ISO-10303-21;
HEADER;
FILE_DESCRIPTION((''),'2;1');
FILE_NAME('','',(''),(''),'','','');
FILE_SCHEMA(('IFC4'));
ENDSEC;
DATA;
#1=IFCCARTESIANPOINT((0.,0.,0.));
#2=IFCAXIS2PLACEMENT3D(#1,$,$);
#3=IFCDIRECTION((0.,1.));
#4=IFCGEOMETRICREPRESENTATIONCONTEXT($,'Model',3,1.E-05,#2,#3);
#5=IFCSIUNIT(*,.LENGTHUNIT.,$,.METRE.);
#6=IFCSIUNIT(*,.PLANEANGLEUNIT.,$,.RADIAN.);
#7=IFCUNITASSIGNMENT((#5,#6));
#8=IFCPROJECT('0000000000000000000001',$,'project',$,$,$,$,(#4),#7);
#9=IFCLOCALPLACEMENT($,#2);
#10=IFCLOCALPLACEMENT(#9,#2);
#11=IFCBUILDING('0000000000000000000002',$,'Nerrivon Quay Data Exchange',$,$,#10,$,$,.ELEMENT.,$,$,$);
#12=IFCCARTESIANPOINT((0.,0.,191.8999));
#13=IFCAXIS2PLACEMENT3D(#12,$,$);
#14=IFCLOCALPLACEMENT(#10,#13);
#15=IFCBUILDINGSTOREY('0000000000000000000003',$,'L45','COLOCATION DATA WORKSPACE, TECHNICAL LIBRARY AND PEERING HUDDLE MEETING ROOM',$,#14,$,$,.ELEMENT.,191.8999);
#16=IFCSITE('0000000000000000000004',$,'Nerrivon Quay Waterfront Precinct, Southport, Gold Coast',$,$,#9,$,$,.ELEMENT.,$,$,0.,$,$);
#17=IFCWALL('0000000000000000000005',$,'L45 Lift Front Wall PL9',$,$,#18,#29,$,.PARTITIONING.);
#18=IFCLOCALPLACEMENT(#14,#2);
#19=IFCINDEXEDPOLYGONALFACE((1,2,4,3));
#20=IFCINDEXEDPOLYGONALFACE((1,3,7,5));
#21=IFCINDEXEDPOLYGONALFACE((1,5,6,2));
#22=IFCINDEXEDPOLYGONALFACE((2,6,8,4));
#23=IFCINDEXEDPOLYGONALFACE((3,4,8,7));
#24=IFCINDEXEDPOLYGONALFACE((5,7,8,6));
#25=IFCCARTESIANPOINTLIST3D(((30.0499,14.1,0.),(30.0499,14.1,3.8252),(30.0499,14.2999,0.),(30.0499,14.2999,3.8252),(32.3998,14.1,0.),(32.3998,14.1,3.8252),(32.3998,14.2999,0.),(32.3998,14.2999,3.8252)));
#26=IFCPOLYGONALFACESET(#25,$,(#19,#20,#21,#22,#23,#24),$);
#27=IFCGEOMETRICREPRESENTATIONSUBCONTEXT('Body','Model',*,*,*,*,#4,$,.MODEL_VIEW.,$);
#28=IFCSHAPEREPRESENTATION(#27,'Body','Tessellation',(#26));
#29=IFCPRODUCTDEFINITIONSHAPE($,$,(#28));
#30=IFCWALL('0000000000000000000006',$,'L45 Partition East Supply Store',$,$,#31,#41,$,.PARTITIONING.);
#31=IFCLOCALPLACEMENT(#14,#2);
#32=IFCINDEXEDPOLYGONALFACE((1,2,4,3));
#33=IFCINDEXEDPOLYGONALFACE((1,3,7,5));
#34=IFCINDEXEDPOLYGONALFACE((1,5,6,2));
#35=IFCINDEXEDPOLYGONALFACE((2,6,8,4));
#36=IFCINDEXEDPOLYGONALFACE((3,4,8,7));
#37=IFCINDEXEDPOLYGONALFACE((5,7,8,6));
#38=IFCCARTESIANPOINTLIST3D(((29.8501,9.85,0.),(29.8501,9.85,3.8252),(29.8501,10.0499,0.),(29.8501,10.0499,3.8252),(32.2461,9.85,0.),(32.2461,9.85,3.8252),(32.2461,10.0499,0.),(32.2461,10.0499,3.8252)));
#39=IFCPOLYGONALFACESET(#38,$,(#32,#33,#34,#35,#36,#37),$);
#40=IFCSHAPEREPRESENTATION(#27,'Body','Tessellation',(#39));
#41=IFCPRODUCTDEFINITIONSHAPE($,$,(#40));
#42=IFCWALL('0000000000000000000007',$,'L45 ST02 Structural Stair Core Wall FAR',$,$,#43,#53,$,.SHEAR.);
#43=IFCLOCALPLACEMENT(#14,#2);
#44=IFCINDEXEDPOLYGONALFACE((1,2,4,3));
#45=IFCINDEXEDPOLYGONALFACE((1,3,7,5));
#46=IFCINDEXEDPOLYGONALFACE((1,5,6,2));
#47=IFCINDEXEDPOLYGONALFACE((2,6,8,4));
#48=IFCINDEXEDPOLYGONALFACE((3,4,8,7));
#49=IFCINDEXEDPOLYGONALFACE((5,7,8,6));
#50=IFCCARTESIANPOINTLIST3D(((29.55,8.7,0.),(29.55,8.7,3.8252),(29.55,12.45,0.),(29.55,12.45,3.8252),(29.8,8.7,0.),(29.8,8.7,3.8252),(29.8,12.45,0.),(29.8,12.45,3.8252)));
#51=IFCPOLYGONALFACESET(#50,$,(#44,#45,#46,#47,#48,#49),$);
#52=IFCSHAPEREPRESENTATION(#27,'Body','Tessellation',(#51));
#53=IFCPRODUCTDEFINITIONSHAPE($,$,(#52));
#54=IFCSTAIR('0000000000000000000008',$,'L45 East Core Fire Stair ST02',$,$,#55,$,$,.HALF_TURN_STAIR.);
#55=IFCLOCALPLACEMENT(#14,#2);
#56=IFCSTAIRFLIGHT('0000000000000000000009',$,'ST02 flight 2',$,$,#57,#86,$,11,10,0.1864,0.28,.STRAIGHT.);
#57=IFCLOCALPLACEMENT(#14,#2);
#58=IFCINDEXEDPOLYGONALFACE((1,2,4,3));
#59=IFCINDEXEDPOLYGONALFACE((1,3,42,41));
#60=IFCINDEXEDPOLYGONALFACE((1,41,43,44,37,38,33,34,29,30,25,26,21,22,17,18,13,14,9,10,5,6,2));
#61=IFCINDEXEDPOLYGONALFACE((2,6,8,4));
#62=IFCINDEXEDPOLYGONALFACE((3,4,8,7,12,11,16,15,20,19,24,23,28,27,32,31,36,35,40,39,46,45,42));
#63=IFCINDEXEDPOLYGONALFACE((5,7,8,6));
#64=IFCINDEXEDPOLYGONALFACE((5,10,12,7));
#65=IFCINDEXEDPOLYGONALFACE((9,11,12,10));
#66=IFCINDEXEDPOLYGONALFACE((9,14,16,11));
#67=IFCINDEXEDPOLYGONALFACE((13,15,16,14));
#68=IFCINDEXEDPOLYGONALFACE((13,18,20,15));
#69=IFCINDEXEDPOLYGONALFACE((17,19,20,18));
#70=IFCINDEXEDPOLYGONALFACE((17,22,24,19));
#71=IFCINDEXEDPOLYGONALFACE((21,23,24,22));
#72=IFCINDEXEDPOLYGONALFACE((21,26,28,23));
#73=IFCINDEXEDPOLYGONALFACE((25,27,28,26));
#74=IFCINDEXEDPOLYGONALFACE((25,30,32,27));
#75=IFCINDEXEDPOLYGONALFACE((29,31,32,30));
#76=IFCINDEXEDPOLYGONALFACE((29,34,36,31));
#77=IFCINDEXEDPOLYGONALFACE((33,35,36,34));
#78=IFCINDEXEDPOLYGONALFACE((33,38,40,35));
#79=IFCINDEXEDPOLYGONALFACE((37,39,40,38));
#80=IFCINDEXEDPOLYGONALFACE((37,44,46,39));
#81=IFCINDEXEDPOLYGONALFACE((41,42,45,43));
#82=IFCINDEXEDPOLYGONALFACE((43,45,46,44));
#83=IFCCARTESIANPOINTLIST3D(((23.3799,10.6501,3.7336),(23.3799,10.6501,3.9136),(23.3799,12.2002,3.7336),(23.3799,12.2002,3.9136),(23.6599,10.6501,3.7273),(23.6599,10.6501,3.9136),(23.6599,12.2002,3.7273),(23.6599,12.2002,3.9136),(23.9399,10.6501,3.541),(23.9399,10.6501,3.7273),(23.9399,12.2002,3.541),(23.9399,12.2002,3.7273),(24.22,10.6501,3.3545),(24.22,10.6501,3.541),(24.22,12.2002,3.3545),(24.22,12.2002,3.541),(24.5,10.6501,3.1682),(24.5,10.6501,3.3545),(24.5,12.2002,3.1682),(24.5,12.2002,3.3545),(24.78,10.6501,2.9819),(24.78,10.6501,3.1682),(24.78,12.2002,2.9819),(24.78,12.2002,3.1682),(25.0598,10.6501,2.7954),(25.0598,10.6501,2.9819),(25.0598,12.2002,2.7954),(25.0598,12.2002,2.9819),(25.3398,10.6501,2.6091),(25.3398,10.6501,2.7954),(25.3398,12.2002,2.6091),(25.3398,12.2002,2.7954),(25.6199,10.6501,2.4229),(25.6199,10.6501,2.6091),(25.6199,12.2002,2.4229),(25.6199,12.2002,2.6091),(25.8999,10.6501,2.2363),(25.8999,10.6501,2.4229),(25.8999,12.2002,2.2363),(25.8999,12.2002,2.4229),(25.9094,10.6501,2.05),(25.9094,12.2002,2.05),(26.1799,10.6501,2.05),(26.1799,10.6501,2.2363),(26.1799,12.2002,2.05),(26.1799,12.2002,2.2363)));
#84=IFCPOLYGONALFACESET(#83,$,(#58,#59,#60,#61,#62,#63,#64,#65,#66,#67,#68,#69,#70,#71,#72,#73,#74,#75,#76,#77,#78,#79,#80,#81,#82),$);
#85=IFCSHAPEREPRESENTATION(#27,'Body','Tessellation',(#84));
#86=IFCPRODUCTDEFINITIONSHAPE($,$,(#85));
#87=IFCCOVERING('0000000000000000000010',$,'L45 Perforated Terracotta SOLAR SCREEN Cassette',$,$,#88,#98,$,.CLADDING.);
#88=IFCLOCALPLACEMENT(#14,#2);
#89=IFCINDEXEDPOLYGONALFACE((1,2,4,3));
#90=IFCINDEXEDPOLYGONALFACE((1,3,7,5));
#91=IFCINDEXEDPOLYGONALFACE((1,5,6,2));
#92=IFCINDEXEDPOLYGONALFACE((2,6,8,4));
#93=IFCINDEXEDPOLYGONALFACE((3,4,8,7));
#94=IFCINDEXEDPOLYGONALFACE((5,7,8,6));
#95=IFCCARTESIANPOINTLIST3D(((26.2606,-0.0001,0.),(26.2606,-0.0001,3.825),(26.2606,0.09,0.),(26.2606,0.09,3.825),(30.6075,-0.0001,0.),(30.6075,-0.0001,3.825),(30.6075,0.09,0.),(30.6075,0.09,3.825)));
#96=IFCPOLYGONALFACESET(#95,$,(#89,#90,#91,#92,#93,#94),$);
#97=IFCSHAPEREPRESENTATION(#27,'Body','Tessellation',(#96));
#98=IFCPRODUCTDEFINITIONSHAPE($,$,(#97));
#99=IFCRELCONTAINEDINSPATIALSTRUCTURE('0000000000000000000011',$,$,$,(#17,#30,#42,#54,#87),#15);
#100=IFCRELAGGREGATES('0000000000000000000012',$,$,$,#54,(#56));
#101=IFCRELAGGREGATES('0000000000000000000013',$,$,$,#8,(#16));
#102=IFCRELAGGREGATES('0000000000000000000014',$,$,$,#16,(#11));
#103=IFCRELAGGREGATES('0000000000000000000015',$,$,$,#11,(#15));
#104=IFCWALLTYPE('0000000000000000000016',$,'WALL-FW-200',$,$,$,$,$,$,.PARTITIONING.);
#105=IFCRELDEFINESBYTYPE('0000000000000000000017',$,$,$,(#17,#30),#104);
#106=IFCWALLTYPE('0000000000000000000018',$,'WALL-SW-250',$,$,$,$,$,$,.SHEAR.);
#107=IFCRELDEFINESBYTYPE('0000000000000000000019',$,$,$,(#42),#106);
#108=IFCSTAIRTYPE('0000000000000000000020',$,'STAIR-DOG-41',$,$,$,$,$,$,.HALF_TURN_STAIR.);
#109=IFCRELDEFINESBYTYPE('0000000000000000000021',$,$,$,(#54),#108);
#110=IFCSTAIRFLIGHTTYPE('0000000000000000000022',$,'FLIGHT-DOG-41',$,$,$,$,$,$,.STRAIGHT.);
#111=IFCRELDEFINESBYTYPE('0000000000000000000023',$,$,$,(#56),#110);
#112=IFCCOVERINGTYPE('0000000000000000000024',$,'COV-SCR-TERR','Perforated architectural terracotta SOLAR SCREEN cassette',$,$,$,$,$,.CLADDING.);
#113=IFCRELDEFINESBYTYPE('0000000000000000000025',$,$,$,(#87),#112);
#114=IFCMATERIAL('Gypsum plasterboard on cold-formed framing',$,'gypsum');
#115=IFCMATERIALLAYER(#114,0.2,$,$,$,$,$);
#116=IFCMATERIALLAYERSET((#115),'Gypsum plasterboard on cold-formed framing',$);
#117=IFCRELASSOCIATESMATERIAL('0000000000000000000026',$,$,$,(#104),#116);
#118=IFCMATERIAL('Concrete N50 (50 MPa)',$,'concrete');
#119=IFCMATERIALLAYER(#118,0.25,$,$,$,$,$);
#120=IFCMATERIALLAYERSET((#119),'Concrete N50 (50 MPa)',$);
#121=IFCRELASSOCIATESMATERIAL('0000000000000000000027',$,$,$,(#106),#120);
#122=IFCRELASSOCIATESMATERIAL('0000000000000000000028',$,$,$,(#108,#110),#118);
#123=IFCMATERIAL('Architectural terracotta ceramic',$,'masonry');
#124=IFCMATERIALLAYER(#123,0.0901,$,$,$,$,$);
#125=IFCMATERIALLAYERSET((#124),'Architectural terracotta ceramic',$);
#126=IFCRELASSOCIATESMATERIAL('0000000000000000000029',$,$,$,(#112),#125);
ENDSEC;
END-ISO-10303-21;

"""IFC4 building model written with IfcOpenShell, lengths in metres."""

from ifc_helpers import new_model, si_unit, direction, frame, frame_2d, origin, origin_2d, place, context, subcontext, project, spatial, polyline, rectangle, outline, extrude, material, layer, layer_set, type_object, element, aggregate, save


model = new_model("IFC4")

# Units and contexts
model_context = context("Model", 3, precision=1e-05, world=origin(), true_north=direction((0.0, 1.0)))
body_context = subcontext(model_context, "Body", "Model", "MODEL_VIEW")
ifc_project = project(units=[si_unit("LENGTHUNIT", "METRE"), si_unit("PLANEANGLEUNIT", "RADIAN")], contexts=[model_context])

# Site, building, storey
site_placement = place(None, origin())
site = spatial("IfcSite", under=ifc_project, at=site_placement, Name="Nerrivon Quay Waterfront Precinct, Southport, Gold Coast", CompositionType="ELEMENT", RefElevation=0.0)
building_placement = place(site_placement, origin())
building = spatial("IfcBuilding", under=site, at=building_placement, Name="Nerrivon Quay Data Exchange", CompositionType="ELEMENT")
storey_placement = place(building_placement, frame((0.0, 0.0, 191.8999)))
storey = spatial("IfcBuildingStorey", under=building, at=storey_placement, Name="L45", Description="COLOCATION DATA WORKSPACE, TECHNICAL LIBRARY AND PEERING HUDDLE MEETING ROOM", CompositionType="ELEMENT", Elevation=191.8999)

# Wall
ifc_material_1 = material(Name="Gypsum plasterboard on cold-formed framing", Category="gypsum")
ifc_layer_1 = layer(ifc_material_1, 0.2)
ifc_layer_set_1 = layer_set([ifc_layer_1], Name="Gypsum plasterboard on cold-formed framing")
wall_type_1 = type_object("IfcWallType", Name="WALL-FW-200", PredefinedType="PARTITIONING", material=ifc_layer_set_1)
wall_1_placement = place(storey_placement, frame((30.05, 14.2, 0.0), z_axis=(0.0, 0.0, 1.0), x_axis=(1.0, 0.0, 0.0)))
element("IfcWall", 1, at=wall_1_placement, inside=storey, type_object=wall_type_1, Name="L45 Lift Front Wall PL9", PredefinedType="PARTITIONING", context=body_context, shape_type="SweptSolid", body=[
    extrude(rectangle(XDim=2.3499, YDim=0.2, at=frame_2d((1.1748, 0.0))), origin(), (0.0, 0.0, 1.0), 3.8252),
])

# Walls
wall_2_placement = place(storey_placement, frame((29.8501, 9.95, 0.0), z_axis=(0.0, 0.0, 1.0), x_axis=(1.0, 0.0, 0.0)))
element("IfcWall", 2, at=wall_2_placement, inside=storey, type_object=wall_type_1, Name="L45 Partition East Supply Store", PredefinedType="PARTITIONING", context=body_context, shape_type="SweptSolid", body=[
    extrude(rectangle(XDim=2.396, YDim=0.2, at=frame_2d((1.198, 0.0))), origin(), (0.0, 0.0, 1.0), 3.8252),
])
ifc_material_2 = material(Name="Concrete N50 (50 MPa)", Category="concrete")
ifc_layer_2 = layer(ifc_material_2, 0.25)
ifc_layer_set_2 = layer_set([ifc_layer_2], Name="Concrete N50 (50 MPa)")
wall_type_2 = type_object("IfcWallType", Name="WALL-SW-250", PredefinedType="SHEAR", material=ifc_layer_set_2)
wall_3_placement = place(storey_placement, frame((29.675, 8.7, 0.0), z_axis=(0.0, 0.0, 1.0), x_axis=(0.0, 1.0, 0.0)))
element("IfcWall", 3, at=wall_3_placement, inside=storey, type_object=wall_type_2, Name="L45 ST02 Structural Stair Core Wall FAR", PredefinedType="SHEAR", context=body_context, shape_type="SweptSolid", body=[
    extrude(rectangle(XDim=3.75, YDim=0.25, at=frame_2d((1.875, 0.0))), origin(), (0.0, 0.0, 1.0), 3.8252),
])

# Stair, stair flight
stair_type = type_object("IfcStairType", Name="STAIR-DOG-41", PredefinedType="HALF_TURN_STAIR", material=ifc_material_2)
stair_placement = place(storey_placement, origin())
stair = element("IfcStair", 4, at=stair_placement, inside=storey, type_object=stair_type, Name="L45 East Core Fire Stair ST02", PredefinedType="HALF_TURN_STAIR")
stair_flight_type = type_object("IfcStairFlightType", Name="FLIGHT-DOG-41", PredefinedType="STRAIGHT", material=ifc_material_2)
stair_flight_placement = place(storey_placement, frame((26.1799, 11.425, 2.05), z_axis=(0.0, 0.0, 1.0), x_axis=(-1.0, 0.0, 0.0)))
stair_flight = element("IfcStairFlight", 5, at=stair_flight_placement, type_object=stair_flight_type, Name="ST02 flight 2", NumberOfRisers=11, NumberOfTreads=10, PredefinedType="STRAIGHT", RiserHeight=0.1864, TreadLength=0.28, context=body_context, shape_type="SweptSolid", body=[
    extrude(outline(polyline([(0.0, 0.0), (0.0, 0.1863), (0.28, 0.1863), (0.28, 0.3728), (0.5601, 0.3728), (0.5601, 0.5591), (0.8401, 0.5591), (0.8401, 0.7454), (1.1201, 0.7454), (1.1201, 0.9319), (1.3999, 0.9319), (1.3999, 1.1182), (1.6799, 1.1182), (1.6799, 1.3044), (1.96, 1.3044), (1.96, 1.491), (2.24, 1.491), (2.24, 1.6772), (2.52, 1.6772), (2.52, 1.8635), (2.8, 1.8635), (2.8, 2.05), (2.8, 1.6836), (0.2705, 0.0), (0.0, 0.0)])), frame((0.0, 0.7749, 0.0), z_axis=(0.0, -1.0, 0.0), x_axis=(1.0, 0.0, 0.0)), (0.0, 0.0, 1.0), 1.55),
])
aggregate(stair, [stair_flight])

# Covering
ifc_material_3 = material(Name="Architectural terracotta ceramic", Category="masonry")
ifc_layer_3 = layer(ifc_material_3, 0.0901)
ifc_layer_set_3 = layer_set([ifc_layer_3], Name="Architectural terracotta ceramic")
covering_type = type_object("IfcCoveringType", Name="COV-SCR-TERR", Description="Perforated architectural terracotta SOLAR SCREEN cassette", PredefinedType="CLADDING", material=ifc_layer_set_3)
covering_placement = place(storey_placement, frame((28.4341, 0.0449, 0.0), z_axis=(0.0, 0.0, 1.0), x_axis=(-1.0, 0.0, 0.0)))
element("IfcCovering", 6, at=covering_placement, inside=storey, type_object=covering_type, Name="L45 Perforated Terracotta SOLAR SCREEN Cassette", PredefinedType="CLADDING", context=body_context, shape_type="SweptSolid", body=[
    extrude(rectangle(XDim=4.3469, YDim=0.0901, at=origin_2d()), origin(), (0.0, 0.0, 1.0), 3.825),
])

save(model, "model.ifc")
